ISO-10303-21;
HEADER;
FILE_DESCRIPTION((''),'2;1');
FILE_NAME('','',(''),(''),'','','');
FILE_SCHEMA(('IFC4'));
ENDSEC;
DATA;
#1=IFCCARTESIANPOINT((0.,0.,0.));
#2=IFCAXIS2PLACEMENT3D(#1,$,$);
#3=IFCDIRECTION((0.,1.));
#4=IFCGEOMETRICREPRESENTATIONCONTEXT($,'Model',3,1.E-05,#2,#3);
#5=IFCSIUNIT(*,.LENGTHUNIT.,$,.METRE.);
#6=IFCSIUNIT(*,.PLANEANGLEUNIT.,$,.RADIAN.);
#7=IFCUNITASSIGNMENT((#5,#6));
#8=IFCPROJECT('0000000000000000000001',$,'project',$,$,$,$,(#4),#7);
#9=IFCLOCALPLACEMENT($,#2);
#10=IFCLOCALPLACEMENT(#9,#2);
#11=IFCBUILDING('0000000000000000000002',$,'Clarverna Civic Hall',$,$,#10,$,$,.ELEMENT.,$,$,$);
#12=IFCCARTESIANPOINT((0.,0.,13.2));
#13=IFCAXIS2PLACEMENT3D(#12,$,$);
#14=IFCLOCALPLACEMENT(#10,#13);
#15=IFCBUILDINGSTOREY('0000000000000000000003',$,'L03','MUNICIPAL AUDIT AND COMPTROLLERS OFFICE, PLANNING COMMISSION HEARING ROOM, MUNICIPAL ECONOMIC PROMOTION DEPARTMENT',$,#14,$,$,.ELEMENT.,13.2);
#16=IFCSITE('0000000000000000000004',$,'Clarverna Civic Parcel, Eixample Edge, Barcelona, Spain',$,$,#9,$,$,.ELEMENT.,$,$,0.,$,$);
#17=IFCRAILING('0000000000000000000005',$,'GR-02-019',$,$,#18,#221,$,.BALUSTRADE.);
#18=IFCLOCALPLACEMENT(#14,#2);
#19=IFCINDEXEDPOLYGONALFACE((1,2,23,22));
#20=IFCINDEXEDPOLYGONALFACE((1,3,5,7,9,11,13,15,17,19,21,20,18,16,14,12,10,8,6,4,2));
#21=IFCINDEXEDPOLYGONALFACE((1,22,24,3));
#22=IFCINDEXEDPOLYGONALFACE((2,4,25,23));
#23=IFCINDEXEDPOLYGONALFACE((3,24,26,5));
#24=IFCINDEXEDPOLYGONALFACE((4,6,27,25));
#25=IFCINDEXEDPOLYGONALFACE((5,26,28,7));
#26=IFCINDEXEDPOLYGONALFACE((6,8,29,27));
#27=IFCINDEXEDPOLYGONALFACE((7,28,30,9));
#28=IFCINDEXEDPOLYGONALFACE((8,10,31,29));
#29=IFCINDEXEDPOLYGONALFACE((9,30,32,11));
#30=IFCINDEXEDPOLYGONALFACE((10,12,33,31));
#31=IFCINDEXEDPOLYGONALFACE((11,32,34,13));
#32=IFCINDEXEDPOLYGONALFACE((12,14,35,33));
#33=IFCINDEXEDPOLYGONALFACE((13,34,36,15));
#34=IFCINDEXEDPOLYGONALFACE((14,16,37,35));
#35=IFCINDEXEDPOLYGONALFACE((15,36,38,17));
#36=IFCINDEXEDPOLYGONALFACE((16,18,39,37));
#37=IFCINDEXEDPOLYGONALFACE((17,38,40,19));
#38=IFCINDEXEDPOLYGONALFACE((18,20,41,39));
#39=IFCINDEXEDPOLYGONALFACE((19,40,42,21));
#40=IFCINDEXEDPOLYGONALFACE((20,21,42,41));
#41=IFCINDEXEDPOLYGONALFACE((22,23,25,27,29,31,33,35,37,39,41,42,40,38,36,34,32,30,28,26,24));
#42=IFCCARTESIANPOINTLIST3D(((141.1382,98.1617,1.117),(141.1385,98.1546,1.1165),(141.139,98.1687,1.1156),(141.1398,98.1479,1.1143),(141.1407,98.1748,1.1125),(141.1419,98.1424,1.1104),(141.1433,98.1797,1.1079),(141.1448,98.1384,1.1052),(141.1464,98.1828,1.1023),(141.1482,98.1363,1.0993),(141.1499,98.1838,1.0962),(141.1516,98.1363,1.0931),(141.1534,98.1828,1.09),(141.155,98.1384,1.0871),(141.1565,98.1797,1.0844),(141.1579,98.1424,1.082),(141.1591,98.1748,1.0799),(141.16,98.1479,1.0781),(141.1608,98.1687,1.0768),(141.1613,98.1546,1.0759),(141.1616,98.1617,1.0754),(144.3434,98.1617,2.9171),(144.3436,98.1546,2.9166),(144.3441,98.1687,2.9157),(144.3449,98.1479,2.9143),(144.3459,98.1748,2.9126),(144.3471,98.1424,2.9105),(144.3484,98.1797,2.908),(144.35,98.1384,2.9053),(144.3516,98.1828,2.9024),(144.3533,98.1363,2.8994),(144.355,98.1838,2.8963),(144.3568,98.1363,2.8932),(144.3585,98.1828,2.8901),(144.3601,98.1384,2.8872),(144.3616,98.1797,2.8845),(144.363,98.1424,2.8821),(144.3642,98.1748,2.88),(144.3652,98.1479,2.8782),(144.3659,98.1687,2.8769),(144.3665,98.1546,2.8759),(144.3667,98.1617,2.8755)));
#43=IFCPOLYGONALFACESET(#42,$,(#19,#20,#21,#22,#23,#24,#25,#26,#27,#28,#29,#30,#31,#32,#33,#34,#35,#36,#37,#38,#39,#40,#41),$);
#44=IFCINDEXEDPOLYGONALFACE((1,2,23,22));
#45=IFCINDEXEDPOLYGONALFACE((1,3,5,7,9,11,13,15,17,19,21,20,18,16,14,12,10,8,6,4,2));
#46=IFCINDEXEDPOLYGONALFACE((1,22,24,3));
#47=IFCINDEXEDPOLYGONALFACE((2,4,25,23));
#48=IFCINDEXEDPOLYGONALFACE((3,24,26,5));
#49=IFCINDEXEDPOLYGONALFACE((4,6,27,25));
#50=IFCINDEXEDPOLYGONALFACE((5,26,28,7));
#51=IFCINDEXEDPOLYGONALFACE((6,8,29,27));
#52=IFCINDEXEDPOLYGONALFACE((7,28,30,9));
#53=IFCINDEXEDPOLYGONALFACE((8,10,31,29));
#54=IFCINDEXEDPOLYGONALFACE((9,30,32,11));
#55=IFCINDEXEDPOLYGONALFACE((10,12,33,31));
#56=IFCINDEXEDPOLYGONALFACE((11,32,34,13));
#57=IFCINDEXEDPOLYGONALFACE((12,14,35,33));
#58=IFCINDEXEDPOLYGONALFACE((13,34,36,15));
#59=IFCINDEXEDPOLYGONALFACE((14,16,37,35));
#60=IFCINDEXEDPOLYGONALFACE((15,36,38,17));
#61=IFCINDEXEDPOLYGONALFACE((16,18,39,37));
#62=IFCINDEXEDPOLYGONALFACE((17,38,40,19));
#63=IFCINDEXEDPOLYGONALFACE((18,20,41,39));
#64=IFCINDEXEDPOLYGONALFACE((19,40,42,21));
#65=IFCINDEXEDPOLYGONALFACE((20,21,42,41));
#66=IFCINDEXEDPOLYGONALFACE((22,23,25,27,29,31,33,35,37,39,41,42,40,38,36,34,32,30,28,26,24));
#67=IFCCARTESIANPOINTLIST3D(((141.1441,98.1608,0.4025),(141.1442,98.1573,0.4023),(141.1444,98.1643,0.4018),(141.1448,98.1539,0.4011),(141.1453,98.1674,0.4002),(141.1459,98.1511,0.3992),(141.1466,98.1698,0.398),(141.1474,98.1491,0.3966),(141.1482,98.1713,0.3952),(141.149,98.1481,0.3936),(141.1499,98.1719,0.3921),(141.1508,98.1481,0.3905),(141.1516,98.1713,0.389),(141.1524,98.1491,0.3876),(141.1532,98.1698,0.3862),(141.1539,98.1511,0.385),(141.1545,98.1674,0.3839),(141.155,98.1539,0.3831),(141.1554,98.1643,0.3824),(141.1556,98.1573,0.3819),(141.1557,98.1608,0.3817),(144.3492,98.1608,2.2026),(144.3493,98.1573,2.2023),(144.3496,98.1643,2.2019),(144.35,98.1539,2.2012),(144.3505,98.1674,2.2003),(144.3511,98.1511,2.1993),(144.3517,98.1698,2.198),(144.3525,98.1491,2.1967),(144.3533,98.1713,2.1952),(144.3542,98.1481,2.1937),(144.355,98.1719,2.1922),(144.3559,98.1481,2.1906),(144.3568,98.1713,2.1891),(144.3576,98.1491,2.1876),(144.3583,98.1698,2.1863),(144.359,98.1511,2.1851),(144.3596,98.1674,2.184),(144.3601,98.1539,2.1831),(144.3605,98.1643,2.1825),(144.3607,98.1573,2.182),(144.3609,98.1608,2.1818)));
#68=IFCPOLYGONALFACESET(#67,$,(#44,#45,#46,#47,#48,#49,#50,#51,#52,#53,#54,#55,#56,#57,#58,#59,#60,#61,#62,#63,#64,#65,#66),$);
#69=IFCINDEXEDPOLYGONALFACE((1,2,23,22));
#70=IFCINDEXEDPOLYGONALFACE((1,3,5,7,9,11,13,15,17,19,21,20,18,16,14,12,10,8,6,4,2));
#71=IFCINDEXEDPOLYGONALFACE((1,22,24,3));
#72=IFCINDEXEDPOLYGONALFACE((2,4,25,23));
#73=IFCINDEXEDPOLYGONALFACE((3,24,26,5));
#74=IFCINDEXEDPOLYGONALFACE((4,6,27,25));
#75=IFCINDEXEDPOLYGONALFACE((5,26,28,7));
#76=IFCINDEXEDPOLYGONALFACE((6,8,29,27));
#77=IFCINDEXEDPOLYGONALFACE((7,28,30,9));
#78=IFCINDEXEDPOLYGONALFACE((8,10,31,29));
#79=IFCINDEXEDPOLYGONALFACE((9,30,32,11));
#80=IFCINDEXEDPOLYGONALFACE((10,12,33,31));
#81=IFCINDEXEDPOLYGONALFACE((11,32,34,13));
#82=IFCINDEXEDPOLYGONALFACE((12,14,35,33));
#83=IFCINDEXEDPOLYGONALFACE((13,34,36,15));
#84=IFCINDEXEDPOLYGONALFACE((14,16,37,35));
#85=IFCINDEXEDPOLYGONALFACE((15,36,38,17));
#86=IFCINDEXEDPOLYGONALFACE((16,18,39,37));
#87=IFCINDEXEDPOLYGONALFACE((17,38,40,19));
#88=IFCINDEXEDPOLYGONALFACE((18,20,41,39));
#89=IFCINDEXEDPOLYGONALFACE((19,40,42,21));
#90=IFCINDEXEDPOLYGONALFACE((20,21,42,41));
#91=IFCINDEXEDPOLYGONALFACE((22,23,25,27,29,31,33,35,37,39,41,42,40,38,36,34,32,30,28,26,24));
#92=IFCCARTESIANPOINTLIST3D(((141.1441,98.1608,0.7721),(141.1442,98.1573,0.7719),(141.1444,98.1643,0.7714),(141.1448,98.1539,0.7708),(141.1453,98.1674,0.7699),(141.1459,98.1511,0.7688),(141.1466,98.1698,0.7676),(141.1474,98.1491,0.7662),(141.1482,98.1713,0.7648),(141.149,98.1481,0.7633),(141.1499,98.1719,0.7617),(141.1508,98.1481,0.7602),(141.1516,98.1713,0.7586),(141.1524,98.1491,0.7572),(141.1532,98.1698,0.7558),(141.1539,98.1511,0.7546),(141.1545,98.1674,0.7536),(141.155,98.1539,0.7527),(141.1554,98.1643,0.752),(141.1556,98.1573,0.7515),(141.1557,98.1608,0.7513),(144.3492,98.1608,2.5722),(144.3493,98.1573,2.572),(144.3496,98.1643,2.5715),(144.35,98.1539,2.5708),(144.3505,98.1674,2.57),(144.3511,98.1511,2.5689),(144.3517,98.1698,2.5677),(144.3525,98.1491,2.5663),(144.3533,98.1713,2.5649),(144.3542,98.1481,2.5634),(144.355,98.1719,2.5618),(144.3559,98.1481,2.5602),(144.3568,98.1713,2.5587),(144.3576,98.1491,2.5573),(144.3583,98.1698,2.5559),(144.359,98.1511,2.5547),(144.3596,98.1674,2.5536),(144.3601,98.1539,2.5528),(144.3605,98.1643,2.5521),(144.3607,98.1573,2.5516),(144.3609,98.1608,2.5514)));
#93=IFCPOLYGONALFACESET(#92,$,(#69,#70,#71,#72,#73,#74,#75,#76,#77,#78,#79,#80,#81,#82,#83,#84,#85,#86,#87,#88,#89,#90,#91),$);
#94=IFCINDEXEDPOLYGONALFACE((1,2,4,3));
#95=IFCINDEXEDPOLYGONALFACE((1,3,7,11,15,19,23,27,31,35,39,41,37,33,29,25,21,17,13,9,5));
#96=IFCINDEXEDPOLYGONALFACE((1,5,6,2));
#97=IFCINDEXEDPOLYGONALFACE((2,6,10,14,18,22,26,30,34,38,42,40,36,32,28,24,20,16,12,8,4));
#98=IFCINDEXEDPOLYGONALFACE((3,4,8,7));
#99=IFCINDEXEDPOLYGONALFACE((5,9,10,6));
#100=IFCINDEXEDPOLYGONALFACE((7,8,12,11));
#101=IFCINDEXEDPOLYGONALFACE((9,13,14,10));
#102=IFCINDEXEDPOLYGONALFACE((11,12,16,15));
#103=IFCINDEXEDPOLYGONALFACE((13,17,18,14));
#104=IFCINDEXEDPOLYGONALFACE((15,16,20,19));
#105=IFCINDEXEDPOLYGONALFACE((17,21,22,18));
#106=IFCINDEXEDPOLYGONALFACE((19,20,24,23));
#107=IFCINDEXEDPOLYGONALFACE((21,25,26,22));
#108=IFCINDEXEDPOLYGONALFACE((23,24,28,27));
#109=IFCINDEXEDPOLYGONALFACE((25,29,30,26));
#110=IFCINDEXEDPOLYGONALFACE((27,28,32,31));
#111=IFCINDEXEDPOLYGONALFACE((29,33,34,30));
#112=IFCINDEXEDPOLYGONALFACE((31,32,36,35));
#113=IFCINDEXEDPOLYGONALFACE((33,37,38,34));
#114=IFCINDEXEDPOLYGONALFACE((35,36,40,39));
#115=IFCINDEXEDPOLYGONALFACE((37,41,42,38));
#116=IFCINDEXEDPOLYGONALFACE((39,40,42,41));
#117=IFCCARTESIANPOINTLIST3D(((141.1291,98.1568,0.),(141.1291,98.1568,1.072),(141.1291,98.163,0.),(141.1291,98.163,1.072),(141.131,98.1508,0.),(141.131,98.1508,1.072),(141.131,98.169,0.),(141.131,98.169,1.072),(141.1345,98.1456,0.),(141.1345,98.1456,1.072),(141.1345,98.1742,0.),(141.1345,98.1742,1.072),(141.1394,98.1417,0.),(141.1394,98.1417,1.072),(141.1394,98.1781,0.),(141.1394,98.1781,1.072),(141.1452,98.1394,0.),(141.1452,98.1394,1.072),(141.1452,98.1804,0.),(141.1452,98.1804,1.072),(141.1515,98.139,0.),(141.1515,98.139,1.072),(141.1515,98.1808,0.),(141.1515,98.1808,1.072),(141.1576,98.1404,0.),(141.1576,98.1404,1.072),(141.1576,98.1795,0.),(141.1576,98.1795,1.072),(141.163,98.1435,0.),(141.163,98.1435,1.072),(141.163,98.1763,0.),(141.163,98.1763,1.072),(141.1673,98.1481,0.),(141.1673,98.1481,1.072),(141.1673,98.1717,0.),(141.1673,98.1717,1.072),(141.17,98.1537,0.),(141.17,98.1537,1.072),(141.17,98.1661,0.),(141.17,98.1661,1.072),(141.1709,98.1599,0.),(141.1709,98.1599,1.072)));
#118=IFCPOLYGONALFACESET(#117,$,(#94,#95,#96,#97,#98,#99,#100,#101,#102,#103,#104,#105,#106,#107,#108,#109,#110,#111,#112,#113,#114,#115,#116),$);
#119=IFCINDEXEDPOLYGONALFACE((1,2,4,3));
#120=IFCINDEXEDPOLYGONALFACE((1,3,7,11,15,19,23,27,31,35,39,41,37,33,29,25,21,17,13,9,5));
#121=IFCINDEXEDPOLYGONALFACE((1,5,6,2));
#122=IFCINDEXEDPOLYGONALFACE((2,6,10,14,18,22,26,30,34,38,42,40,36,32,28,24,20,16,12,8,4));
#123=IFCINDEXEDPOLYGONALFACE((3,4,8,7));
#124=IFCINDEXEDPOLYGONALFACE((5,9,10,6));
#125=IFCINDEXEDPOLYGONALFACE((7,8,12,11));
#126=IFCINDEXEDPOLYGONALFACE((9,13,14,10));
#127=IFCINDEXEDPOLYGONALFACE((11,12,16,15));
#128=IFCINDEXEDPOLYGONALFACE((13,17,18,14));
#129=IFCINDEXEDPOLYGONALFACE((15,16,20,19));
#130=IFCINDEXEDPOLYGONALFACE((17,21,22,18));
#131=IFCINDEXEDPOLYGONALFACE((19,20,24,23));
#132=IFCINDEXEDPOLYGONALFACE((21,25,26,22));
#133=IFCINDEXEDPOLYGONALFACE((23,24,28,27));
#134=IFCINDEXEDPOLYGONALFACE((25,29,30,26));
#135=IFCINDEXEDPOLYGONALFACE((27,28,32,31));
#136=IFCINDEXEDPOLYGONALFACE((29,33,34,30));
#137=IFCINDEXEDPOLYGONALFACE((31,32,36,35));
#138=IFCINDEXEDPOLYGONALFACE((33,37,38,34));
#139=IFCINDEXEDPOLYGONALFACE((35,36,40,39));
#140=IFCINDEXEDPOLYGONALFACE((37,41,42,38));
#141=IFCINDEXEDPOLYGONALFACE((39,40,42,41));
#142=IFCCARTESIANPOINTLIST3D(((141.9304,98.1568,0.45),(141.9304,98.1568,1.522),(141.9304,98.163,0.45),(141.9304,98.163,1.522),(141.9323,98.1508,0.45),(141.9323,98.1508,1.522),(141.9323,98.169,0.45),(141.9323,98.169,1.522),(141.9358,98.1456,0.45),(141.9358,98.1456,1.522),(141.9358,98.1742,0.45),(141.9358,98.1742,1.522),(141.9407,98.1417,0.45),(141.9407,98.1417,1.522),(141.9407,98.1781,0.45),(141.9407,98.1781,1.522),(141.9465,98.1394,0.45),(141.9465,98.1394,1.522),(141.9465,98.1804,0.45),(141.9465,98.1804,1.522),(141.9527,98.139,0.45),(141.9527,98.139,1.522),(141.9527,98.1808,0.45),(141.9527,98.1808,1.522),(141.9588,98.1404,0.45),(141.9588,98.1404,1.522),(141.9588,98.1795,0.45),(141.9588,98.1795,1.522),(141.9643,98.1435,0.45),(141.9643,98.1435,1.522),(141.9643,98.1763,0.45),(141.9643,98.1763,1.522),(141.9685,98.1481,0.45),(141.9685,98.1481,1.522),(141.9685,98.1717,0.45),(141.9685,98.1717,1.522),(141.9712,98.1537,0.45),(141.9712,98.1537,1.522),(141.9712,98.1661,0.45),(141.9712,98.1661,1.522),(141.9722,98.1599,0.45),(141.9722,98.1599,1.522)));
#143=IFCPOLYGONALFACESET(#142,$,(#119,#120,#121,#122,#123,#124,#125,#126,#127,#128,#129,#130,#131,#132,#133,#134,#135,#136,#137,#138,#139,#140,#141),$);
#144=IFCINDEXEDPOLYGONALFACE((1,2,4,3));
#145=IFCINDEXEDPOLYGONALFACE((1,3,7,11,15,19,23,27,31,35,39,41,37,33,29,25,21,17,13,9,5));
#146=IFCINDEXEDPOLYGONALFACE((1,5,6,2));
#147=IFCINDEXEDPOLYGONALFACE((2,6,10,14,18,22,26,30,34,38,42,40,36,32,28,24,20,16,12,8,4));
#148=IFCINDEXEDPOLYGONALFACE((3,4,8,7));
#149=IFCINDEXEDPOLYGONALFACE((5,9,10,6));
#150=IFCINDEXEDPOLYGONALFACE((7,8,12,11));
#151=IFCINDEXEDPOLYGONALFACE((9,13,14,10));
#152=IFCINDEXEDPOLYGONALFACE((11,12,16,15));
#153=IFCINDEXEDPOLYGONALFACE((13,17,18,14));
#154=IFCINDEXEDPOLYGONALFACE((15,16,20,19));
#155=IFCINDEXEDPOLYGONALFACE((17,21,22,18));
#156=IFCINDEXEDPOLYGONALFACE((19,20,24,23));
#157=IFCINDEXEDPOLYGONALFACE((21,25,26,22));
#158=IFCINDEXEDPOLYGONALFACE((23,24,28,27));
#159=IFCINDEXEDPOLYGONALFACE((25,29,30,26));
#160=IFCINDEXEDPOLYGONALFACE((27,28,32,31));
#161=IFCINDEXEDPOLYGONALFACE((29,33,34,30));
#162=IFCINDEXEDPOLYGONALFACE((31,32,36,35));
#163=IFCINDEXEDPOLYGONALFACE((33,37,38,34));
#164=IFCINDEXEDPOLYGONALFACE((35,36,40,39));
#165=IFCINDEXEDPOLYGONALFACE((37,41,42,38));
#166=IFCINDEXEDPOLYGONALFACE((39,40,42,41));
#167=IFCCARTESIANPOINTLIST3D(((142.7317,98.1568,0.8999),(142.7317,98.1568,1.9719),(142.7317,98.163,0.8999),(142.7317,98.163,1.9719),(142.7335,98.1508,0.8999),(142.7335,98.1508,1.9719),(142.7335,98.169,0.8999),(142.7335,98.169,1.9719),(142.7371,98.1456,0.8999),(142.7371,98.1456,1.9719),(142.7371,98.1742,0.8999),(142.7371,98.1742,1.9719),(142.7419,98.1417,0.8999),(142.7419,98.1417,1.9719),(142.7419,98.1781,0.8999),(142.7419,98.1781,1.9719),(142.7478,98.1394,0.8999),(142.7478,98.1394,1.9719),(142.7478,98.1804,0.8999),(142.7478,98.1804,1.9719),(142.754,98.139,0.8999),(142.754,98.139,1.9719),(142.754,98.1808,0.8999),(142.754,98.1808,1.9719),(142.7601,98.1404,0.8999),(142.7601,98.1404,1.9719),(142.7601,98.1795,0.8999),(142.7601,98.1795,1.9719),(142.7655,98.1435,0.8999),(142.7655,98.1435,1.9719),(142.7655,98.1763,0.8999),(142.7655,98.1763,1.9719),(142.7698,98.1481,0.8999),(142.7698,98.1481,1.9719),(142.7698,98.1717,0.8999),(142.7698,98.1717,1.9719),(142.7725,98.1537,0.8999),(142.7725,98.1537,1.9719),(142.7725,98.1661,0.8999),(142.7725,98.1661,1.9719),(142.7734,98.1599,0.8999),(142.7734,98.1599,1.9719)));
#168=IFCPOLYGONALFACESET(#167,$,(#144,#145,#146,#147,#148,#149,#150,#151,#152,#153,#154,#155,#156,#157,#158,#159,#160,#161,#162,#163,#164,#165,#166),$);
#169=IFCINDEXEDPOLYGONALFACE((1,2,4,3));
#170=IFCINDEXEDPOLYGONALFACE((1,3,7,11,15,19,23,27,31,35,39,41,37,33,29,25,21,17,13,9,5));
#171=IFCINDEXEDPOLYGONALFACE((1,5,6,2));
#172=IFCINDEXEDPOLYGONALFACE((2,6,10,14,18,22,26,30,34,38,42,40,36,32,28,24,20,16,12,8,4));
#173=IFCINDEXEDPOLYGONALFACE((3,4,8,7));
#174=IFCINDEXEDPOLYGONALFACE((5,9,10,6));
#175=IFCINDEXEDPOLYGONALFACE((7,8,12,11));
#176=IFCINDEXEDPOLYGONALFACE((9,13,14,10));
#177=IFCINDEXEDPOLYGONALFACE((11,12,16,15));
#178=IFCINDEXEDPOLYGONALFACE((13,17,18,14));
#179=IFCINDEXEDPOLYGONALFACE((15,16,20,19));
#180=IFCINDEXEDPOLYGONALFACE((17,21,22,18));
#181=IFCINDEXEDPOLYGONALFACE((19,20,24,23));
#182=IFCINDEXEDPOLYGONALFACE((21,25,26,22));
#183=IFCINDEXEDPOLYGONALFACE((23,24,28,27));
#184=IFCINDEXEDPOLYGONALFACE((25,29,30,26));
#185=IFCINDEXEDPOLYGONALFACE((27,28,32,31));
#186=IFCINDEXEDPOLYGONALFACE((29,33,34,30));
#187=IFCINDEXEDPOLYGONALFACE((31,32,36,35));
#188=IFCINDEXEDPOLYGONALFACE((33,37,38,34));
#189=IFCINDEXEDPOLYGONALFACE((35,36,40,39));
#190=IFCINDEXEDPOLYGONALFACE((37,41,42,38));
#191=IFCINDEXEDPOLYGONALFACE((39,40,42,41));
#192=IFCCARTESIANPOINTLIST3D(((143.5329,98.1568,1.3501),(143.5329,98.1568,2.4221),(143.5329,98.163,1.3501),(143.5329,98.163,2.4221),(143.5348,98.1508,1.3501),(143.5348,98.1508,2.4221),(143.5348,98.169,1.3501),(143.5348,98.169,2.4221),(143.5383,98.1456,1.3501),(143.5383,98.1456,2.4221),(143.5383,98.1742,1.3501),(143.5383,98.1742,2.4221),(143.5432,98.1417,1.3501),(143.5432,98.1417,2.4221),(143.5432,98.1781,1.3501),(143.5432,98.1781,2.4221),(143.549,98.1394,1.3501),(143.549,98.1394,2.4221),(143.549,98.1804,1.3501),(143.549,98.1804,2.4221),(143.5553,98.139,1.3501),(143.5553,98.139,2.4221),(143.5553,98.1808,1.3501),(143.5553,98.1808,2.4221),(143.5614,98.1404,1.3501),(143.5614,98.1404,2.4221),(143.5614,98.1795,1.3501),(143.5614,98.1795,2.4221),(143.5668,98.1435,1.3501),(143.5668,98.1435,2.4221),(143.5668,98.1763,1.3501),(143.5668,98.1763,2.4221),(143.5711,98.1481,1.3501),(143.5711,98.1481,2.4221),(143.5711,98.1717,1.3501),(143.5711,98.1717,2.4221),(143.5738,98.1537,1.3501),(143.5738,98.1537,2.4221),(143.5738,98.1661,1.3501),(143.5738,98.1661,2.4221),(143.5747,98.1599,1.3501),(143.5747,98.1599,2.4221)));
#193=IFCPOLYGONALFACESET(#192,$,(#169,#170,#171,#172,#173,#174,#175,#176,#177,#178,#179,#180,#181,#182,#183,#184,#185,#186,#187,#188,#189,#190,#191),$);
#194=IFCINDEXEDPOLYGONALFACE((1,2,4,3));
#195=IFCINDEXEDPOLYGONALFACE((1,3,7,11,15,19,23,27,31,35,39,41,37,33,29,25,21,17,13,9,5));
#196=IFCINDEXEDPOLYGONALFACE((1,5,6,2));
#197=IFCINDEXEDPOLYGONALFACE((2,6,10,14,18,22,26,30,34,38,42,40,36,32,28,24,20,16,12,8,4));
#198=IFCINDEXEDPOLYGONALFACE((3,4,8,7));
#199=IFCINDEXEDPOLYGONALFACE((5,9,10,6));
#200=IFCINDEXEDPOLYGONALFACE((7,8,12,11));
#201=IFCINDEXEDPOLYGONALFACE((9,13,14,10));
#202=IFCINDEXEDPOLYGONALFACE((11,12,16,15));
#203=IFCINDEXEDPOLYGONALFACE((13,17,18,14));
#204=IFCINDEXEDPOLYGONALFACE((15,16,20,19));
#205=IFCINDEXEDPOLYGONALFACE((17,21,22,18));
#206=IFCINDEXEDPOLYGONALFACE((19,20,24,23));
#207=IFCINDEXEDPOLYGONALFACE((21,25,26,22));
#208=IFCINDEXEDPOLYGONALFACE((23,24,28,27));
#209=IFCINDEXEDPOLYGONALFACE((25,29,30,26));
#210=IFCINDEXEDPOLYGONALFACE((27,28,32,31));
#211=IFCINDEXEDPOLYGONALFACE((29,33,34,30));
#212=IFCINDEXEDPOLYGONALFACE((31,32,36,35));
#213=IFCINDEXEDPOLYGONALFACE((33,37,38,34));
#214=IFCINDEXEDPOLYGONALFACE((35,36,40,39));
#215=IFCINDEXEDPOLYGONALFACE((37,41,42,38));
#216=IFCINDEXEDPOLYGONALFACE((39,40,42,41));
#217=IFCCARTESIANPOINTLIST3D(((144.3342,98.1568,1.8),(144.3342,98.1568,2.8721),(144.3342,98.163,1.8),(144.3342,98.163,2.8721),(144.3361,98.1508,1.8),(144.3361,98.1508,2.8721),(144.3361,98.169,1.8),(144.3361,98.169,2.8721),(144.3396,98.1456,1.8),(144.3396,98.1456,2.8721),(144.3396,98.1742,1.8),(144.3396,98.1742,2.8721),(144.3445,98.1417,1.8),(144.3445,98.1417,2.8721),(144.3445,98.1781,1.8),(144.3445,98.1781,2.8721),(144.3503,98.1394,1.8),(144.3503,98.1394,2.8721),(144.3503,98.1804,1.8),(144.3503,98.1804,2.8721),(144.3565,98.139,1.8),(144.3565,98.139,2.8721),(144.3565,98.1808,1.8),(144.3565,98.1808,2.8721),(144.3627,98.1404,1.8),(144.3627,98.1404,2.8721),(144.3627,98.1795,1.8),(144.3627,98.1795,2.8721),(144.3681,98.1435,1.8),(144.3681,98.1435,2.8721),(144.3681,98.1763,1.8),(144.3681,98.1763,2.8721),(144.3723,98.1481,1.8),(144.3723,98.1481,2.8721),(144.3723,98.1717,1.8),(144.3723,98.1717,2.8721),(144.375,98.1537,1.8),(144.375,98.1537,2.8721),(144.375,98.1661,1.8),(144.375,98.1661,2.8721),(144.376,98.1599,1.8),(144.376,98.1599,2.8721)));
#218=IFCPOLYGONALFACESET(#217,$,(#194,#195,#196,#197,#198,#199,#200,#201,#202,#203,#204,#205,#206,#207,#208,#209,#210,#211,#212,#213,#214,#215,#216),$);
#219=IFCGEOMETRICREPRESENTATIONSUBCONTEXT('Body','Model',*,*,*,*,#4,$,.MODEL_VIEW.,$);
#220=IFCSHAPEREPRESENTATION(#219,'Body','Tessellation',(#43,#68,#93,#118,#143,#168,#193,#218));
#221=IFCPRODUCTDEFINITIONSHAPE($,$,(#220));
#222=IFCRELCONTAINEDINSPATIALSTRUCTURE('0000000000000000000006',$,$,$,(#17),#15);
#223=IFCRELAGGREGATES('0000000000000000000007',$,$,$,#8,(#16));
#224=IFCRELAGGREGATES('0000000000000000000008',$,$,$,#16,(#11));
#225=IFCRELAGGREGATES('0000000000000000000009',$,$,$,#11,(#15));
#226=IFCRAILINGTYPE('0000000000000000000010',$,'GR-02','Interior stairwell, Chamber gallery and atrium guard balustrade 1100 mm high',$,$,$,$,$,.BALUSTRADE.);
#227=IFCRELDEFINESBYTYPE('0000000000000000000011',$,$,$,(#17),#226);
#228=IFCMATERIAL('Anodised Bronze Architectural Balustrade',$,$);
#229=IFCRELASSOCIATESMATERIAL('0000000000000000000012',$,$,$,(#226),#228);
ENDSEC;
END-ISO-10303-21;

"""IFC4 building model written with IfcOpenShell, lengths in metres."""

from ifc_helpers import new_model, si_unit, direction, frame, origin, origin_2d, place, context, subcontext, project, spatial, circle, extrude, material, type_object, element, save


model = new_model("IFC4")

# Units and contexts
model_context = context("Model", 3, precision=1e-05, world=origin(), true_north=direction((0.0, 1.0)))
body_context = subcontext(model_context, "Body", "Model", "MODEL_VIEW")
ifc_project = project(units=[si_unit("LENGTHUNIT", "METRE"), si_unit("PLANEANGLEUNIT", "RADIAN")], contexts=[model_context])

# Site, building, storey
site_placement = place(None, origin())
site = spatial("IfcSite", under=ifc_project, at=site_placement, Name="Clarverna Civic Parcel, Eixample Edge, Barcelona, Spain", CompositionType="ELEMENT", RefElevation=0.0)
building_placement = place(site_placement, origin())
building = spatial("IfcBuilding", under=site, at=building_placement, Name="Clarverna Civic Hall", CompositionType="ELEMENT")
storey_placement = place(building_placement, frame((0.0, 0.0, 13.2)))
storey = spatial("IfcBuildingStorey", under=building, at=storey_placement, Name="L03", Description="MUNICIPAL AUDIT AND COMPTROLLERS OFFICE, PLANNING COMMISSION HEARING ROOM, MUNICIPAL ECONOMIC PROMOTION DEPARTMENT", CompositionType="ELEMENT", Elevation=13.2)

# Railing
ifc_material_1 = material(Name="Anodised Bronze Architectural Balustrade")
railing_type_1 = type_object("IfcRailingType", Name="GR-02", Description="Interior stairwell, Chamber gallery and atrium guard balustrade 1100 mm high", PredefinedType="BALUSTRADE", material=ifc_material_1)
railing_1_placement = place(storey_placement, frame((141.1499, 98.1599, 0.0)))
element("IfcRailing", 1, at=railing_1_placement, inside=storey, type_object=railing_type_1, Name="GR-02-019", PredefinedType="BALUSTRADE", context=body_context, shape_type="SweptSolid", body=[
    extrude(circle(Radius=0.0239, at=origin_2d()), frame((0.0, 0.0, 1.0962), z_axis=(0.871902, 0.0, 0.489681), x_axis=(0.0, 1.0, 0.0)), (0.0, 0.0, 1.0), 3.676),
    extrude(circle(Radius=0.012, at=origin_2d()), frame((0.0, 0.0, 0.3921), z_axis=(0.871902, 0.0, 0.489681), x_axis=(0.0, 1.0, 0.0)), (0.0, 0.0, 1.0), 3.676),
    extrude(circle(Radius=0.012, at=origin_2d()), frame((0.0, 0.0, 0.7617), z_axis=(0.871902, 0.0, 0.489681), x_axis=(0.0, 1.0, 0.0)), (0.0, 0.0, 1.0), 3.676),
    extrude(circle(Radius=0.021, at=origin_2d()), origin(), (0.0, 0.0, 1.0), 1.072),
    extrude(circle(Radius=0.021, at=origin_2d()), frame((0.8013, 0.0, 0.45)), (0.0, 0.0, 1.0), 1.072),
    extrude(circle(Radius=0.021, at=origin_2d()), frame((1.6025, 0.0, 0.8999)), (0.0, 0.0, 1.0), 1.072),
    extrude(circle(Radius=0.021, at=origin_2d()), frame((2.4038, 0.0, 1.3501)), (0.0, 0.0, 1.0), 1.072),
    extrude(circle(Radius=0.021, at=origin_2d()), frame((3.2051, 0.0, 1.8)), (0.0, 0.0, 1.0), 1.072),
])

save(model, "model.ifc")
